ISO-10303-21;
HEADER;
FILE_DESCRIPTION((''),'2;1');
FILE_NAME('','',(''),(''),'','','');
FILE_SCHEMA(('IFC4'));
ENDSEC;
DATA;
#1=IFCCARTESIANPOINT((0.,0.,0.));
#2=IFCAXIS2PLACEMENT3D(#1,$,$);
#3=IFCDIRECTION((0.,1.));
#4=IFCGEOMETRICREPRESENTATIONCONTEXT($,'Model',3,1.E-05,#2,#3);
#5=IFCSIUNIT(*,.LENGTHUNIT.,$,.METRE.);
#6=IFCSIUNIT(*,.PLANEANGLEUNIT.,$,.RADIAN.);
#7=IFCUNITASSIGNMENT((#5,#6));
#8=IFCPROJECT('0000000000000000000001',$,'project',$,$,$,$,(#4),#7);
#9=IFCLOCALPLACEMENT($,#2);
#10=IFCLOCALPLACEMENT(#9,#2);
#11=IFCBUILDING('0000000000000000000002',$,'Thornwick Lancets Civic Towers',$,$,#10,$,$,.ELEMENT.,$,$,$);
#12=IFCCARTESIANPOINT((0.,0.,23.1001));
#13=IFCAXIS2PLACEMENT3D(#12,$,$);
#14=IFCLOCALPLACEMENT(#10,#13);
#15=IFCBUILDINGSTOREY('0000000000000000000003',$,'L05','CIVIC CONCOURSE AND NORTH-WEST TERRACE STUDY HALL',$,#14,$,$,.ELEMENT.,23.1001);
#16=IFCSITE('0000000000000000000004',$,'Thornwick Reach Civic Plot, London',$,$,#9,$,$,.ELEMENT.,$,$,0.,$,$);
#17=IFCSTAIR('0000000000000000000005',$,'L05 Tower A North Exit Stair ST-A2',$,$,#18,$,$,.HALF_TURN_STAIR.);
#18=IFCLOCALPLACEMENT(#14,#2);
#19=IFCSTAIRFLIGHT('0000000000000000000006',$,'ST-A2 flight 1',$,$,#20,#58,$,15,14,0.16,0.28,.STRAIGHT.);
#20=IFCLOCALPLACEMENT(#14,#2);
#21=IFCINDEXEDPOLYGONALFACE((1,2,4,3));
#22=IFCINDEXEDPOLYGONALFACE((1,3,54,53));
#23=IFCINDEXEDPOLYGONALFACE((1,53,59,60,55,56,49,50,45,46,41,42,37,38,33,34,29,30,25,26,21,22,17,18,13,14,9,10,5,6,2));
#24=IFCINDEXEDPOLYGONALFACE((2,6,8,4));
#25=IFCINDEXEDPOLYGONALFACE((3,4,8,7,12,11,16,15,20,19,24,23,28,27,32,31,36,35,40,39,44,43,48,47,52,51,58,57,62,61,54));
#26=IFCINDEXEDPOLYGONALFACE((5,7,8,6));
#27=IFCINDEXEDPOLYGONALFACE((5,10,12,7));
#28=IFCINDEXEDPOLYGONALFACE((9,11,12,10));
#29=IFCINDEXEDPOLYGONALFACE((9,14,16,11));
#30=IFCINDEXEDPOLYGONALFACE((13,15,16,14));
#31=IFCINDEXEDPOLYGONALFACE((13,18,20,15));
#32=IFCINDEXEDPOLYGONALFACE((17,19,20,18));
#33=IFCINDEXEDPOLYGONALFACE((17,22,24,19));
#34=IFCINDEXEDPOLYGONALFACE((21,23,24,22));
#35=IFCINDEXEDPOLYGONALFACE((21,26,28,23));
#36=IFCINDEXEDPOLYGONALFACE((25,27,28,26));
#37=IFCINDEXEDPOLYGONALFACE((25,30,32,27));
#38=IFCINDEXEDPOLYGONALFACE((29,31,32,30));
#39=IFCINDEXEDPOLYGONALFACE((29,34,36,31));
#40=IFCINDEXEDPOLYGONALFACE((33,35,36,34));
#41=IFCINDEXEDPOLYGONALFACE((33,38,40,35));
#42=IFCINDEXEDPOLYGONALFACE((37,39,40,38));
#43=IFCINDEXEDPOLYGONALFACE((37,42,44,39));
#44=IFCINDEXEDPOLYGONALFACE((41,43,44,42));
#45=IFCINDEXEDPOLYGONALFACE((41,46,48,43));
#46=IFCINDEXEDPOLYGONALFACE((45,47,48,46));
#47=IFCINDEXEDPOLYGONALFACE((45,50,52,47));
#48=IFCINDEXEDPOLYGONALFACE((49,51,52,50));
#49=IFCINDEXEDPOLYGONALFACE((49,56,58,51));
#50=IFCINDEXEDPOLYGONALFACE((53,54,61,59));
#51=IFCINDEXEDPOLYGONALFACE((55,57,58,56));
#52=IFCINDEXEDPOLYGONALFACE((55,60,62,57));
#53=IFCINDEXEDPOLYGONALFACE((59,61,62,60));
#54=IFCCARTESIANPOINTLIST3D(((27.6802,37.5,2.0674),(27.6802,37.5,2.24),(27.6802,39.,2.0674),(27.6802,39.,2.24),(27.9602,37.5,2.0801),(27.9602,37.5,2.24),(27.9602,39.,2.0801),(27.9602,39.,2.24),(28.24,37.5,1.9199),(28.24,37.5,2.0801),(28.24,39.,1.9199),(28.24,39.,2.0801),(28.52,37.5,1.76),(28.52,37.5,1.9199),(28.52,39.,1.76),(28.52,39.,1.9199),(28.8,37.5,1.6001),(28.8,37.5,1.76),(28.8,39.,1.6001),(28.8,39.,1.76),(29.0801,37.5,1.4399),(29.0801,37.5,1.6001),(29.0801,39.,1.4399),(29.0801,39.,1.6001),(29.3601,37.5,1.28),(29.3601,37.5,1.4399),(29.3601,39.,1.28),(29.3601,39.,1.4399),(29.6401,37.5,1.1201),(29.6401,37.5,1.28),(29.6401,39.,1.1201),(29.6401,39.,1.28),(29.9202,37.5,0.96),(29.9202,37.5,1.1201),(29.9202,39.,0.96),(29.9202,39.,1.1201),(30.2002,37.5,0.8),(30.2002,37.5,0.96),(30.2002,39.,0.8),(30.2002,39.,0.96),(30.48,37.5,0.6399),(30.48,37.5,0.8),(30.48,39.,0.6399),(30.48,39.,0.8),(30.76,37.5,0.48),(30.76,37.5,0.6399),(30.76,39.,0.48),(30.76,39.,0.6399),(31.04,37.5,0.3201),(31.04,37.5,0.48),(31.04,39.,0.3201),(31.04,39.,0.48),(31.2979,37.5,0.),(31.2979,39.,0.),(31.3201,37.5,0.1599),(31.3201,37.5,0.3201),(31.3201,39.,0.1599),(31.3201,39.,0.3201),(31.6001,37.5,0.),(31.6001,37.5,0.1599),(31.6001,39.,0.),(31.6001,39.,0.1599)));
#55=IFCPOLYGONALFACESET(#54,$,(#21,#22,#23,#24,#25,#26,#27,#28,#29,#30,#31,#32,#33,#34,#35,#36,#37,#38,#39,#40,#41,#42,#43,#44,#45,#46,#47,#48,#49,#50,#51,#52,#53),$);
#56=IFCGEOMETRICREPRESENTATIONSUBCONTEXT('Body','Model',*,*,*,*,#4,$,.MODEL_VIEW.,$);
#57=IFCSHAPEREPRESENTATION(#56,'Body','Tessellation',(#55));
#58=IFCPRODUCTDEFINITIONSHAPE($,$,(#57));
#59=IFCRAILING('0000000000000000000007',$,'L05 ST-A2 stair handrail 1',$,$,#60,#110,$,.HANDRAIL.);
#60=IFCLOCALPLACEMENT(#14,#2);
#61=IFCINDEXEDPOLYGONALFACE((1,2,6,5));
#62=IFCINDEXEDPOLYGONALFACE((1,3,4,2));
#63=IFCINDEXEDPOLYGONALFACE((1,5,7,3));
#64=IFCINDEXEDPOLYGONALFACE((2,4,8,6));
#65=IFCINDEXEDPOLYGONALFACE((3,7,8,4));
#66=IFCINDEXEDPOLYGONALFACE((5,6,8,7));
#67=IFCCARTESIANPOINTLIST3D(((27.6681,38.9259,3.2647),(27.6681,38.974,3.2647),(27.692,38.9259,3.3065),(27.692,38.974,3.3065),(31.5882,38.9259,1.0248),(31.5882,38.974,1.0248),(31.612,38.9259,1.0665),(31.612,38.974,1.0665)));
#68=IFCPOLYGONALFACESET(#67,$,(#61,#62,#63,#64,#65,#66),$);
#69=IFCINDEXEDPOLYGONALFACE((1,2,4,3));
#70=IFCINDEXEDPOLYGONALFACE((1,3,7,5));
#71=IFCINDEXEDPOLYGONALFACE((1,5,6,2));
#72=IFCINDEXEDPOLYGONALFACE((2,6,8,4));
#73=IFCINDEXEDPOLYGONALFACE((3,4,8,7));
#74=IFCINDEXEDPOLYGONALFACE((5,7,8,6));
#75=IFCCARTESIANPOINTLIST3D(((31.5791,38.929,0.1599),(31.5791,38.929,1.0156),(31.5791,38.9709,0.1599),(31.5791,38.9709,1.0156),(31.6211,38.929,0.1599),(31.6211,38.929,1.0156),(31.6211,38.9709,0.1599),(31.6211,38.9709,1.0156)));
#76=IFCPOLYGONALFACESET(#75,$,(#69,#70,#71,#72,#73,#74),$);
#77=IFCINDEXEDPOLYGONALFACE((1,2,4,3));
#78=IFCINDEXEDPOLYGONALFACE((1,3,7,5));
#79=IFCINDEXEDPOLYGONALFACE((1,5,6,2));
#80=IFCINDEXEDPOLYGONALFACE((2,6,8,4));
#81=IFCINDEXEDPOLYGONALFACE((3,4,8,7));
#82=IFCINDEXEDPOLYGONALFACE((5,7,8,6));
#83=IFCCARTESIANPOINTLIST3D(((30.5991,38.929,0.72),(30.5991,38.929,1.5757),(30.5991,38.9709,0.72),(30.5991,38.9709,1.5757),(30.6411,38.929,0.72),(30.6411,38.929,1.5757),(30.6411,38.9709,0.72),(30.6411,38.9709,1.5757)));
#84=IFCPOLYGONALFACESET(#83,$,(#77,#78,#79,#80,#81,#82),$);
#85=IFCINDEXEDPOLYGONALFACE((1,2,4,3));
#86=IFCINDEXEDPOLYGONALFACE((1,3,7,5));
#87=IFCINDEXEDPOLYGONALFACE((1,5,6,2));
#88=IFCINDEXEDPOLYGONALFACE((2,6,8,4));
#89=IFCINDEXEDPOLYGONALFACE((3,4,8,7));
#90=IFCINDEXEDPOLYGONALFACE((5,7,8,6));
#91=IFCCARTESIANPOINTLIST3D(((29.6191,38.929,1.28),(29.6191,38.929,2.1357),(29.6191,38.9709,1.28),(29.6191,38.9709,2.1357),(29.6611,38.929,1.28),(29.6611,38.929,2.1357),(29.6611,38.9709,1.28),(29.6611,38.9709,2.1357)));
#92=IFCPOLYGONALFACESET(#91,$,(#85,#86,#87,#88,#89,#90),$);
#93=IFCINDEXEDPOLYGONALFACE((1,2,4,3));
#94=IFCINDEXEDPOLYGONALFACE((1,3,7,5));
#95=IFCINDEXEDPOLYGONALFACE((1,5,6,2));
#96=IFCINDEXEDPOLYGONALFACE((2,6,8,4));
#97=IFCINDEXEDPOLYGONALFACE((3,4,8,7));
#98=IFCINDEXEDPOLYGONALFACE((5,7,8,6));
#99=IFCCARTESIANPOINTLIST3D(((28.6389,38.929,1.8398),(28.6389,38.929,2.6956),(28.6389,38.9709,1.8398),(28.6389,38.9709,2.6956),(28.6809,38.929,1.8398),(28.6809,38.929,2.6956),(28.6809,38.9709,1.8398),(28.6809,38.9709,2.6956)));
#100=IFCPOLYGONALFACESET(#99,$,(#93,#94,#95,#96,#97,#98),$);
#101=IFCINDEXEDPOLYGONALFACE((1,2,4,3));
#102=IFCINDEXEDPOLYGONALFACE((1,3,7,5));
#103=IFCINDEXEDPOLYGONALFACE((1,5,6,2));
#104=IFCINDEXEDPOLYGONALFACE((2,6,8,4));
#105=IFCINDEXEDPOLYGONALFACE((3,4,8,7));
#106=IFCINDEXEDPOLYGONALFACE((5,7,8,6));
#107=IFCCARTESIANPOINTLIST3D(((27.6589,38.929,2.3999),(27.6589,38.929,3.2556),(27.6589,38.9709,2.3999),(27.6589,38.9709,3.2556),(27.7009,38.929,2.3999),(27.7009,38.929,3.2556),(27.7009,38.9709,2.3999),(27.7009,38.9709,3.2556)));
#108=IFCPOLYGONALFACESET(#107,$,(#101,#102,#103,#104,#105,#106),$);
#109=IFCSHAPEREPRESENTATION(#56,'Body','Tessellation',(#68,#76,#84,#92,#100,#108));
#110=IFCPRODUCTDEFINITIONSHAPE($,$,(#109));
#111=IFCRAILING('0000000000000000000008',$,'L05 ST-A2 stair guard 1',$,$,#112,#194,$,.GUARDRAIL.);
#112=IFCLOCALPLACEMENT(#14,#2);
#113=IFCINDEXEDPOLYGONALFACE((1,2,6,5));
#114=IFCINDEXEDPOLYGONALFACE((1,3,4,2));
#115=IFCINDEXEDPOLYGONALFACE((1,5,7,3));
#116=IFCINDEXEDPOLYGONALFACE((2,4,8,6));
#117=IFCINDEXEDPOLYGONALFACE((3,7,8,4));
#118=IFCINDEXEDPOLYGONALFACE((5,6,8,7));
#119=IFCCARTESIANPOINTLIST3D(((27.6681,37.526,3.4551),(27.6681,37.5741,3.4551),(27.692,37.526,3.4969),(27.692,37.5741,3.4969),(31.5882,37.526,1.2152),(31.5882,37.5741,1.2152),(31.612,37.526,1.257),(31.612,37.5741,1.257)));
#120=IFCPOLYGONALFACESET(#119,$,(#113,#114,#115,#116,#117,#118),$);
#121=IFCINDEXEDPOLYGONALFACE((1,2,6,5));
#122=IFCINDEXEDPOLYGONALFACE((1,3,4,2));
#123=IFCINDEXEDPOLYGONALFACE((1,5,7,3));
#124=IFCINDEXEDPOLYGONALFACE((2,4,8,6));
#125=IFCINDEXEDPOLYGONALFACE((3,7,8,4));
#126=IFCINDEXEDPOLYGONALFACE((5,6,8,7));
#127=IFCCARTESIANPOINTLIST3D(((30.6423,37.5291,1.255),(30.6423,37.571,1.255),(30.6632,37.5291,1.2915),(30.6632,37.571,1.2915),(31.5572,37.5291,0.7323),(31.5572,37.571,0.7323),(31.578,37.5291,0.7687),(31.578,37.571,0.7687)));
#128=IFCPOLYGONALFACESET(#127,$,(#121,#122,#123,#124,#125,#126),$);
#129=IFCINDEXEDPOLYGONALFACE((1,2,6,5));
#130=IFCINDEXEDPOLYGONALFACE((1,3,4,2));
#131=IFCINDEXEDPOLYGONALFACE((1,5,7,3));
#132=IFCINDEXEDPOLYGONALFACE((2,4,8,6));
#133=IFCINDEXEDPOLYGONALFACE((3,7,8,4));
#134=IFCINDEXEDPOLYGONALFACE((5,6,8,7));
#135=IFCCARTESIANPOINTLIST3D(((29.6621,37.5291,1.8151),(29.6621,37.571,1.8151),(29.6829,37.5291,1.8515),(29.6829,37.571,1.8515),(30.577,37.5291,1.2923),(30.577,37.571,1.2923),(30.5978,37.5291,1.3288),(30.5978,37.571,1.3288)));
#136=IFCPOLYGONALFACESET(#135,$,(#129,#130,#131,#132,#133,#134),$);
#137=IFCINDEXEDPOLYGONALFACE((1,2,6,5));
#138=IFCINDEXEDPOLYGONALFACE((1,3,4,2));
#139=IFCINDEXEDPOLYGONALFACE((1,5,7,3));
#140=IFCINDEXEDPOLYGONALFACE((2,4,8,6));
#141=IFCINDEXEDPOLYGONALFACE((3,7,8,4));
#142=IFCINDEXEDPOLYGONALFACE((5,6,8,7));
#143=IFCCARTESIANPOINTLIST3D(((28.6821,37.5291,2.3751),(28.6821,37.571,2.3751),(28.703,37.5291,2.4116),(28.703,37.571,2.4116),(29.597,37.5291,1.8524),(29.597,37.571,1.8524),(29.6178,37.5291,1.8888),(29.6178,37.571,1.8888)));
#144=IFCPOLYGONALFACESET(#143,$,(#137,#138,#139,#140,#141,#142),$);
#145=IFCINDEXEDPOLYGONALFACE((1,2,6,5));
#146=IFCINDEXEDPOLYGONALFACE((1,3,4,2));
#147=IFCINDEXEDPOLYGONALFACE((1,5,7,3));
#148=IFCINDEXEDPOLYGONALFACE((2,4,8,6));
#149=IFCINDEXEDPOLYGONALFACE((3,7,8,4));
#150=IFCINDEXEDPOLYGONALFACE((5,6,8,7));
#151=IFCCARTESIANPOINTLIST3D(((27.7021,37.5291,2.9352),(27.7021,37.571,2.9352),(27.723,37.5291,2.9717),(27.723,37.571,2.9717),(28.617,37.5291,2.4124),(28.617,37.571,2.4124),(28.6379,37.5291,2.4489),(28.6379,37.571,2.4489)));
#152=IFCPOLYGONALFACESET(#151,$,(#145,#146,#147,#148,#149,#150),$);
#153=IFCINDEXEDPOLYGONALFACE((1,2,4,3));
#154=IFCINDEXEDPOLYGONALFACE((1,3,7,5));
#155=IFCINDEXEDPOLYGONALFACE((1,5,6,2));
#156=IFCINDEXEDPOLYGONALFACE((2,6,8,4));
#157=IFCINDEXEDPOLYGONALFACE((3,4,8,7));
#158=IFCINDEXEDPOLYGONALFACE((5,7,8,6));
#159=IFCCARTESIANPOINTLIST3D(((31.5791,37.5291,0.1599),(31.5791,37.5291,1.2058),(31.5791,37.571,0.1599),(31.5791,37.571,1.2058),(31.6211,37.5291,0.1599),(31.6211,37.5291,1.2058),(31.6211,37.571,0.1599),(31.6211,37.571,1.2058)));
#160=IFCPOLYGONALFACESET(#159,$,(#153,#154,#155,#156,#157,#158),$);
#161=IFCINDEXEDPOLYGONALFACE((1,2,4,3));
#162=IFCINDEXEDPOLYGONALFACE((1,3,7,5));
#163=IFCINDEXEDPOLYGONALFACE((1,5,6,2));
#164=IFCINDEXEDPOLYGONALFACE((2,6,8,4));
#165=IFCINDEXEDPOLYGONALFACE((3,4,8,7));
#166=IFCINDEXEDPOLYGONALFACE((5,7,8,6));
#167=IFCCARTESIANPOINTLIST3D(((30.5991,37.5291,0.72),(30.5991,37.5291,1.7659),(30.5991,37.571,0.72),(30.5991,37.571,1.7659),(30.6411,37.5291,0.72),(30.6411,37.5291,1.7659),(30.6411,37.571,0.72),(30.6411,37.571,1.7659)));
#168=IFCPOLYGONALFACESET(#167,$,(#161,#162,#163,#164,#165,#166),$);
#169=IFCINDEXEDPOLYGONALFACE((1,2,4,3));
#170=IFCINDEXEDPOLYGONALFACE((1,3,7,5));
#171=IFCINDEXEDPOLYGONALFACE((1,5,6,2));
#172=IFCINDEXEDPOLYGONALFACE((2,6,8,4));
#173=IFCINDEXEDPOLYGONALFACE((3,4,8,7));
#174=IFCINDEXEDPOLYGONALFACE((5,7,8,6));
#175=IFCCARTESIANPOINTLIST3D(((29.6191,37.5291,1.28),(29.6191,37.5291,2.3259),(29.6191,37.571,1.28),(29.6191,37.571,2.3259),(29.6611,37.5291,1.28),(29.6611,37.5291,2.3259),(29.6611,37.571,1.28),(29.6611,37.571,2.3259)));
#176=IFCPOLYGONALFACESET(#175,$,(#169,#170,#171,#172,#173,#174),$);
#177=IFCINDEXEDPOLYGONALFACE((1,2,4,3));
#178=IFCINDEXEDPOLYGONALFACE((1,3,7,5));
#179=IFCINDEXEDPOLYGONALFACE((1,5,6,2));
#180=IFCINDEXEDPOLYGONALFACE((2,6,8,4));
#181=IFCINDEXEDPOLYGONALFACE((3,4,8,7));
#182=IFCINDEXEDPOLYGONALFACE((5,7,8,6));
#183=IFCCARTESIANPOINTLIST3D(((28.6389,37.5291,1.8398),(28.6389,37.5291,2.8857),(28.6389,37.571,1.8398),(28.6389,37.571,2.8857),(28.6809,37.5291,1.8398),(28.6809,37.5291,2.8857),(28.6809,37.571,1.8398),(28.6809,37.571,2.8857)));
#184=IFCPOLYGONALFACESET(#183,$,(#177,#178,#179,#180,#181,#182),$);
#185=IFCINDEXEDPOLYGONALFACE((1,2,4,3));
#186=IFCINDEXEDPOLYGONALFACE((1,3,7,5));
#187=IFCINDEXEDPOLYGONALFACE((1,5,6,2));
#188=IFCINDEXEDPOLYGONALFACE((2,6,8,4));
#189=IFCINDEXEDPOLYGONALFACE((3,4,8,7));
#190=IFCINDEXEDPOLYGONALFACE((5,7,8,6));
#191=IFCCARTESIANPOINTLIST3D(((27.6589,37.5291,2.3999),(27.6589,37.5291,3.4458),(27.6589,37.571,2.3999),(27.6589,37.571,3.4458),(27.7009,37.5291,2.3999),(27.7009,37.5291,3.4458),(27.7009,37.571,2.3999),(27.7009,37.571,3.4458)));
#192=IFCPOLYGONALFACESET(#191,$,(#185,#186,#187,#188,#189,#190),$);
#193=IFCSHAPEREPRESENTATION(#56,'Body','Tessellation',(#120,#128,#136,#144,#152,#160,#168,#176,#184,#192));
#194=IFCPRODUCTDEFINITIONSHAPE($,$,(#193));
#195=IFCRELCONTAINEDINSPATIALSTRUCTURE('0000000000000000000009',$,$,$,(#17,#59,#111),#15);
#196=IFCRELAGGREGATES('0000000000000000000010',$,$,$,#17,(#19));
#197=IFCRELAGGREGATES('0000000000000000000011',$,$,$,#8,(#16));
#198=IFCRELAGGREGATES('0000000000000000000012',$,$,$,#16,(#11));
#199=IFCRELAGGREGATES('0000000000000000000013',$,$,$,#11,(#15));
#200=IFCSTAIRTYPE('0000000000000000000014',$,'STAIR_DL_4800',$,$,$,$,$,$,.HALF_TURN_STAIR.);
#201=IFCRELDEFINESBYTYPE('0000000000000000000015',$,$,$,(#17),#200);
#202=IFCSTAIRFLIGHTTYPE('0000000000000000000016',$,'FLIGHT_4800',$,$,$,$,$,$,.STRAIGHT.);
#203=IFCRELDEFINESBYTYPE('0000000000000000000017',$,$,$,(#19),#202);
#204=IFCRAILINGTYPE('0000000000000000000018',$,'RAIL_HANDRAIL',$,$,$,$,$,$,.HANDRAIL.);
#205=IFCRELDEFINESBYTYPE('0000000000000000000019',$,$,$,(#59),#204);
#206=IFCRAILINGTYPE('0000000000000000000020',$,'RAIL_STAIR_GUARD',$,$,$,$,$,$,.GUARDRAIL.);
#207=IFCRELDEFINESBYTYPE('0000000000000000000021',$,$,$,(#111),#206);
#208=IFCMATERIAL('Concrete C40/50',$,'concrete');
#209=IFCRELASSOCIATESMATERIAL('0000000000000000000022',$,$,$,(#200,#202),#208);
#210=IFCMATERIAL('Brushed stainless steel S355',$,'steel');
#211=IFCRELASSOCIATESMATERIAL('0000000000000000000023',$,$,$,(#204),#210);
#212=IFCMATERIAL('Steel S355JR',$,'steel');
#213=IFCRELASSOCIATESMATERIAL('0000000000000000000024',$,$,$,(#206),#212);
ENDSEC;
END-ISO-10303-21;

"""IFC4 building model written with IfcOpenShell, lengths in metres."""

from ifc_helpers import new_model, si_unit, direction, frame, origin, origin_2d, place, context, subcontext, project, spatial, polyline, rectangle, outline, extrude, material, type_object, element, aggregate, save


model = new_model("IFC4")

# Units and contexts
model_context = context("Model", 3, precision=1e-05, world=origin(), true_north=direction((0.0, 1.0)))
body_context = subcontext(model_context, "Body", "Model", "MODEL_VIEW")
ifc_project = project(units=[si_unit("LENGTHUNIT", "METRE"), si_unit("PLANEANGLEUNIT", "RADIAN")], contexts=[model_context])

# Site, building, storey
site_placement = place(None, origin())
site = spatial("IfcSite", under=ifc_project, at=site_placement, Name="Thornwick Reach Civic Plot, London", CompositionType="ELEMENT", RefElevation=0.0)
building_placement = place(site_placement, origin())
building = spatial("IfcBuilding", under=site, at=building_placement, Name="Thornwick Lancets Civic Towers", CompositionType="ELEMENT")
storey_placement = place(building_placement, frame((0.0, 0.0, 23.1001)))
storey = spatial("IfcBuildingStorey", under=building, at=storey_placement, Name="L05", Description="CIVIC CONCOURSE AND NORTH-WEST TERRACE STUDY HALL", CompositionType="ELEMENT", Elevation=23.1001)

# Shared definitions
ifc_material_1 = material(Name="Concrete C40/50", Category="concrete")

# Shared definitions
ifc_material_2 = material(Name="Steel S355JR", Category="steel")

# Stair, stair flight
stair_type = type_object("IfcStairType", Name="STAIR_DL_4800", PredefinedType="HALF_TURN_STAIR", material=ifc_material_1)
stair_placement = place(storey_placement, origin())
stair = element("IfcStair", 1, at=stair_placement, inside=storey, type_object=stair_type, Name="L05 Tower A North Exit Stair ST-A2", PredefinedType="HALF_TURN_STAIR")
stair_flight_type = type_object("IfcStairFlightType", Name="FLIGHT_4800", PredefinedType="STRAIGHT", material=ifc_material_1)
stair_flight_placement = place(storey_placement, frame((31.6001, 38.25, 0.0), z_axis=(0.0, 0.0, 1.0), x_axis=(-1.0, 0.0, 0.0)))
stair_flight = element("IfcStairFlight", 2, at=stair_flight_placement, type_object=stair_flight_type, Name="ST-A2 flight 1", NumberOfRisers=15, NumberOfTreads=14, PredefinedType="STRAIGHT", RiserHeight=0.16, TreadLength=0.28, context=body_context, shape_type="SweptSolid", body=[
    extrude(outline(polyline([(0.0, 0.0), (0.0, 0.1599), (0.28, 0.1599), (0.28, 0.3201), (0.5601, 0.3201), (0.5601, 0.48), (0.8401, 0.48), (0.8401, 0.6399), (1.1201, 0.6399), (1.1201, 0.8), (1.3999, 0.8), (1.3999, 0.96), (1.6799, 0.96), (1.6799, 1.1201), (1.96, 1.1201), (1.96, 1.28), (2.24, 1.28), (2.24, 1.4399), (2.52, 1.4399), (2.52, 1.6001), (2.8, 1.6001), (2.8, 1.76), (3.0801, 1.76), (3.0801, 1.9199), (3.3601, 1.9199), (3.3601, 2.0801), (3.6399, 2.0801), (3.6399, 2.24), (3.9199, 2.24), (3.9199, 2.3999), (3.9199, 2.0674), (0.3022, 0.0), (0.0, 0.0)])), frame((0.0, 0.75, 0.0), z_axis=(0.0, -1.0, 0.0), x_axis=(1.0, 0.0, 0.0)), (0.0, 0.0, 1.0), 1.5),
])
aggregate(stair, [stair_flight])

# Railings
ifc_material_3 = material(Name="Brushed stainless steel S355", Category="steel")
railing_type_1 = type_object("IfcRailingType", Name="RAIL_HANDRAIL", PredefinedType="HANDRAIL", material=ifc_material_3)
railing_1_placement = place(storey_placement, frame((31.6001, 38.95, 0.1599)))
element("IfcRailing", 3, at=railing_1_placement, inside=storey, type_object=railing_type_1, Name="L05 ST-A2 stair handrail 1", PredefinedType="HANDRAIL", context=body_context, shape_type="SweptSolid", body=[
    extrude(rectangle(XDim=0.0481, YDim=0.0481, at=origin_2d()), frame((0.0, 0.0, 0.8857), z_axis=(-0.868253, 0.0, 0.496121), x_axis=(0.0, -1.0, 0.0)), (0.0, 0.0, 1.0), 4.5149),
    extrude(rectangle(XDim=0.042, YDim=0.042, at=origin_2d()), origin(), (0.0, 0.0, 1.0), 0.8557),
    extrude(rectangle(XDim=0.042, YDim=0.042, at=origin_2d()), frame((-0.98, 0.0, 0.5601)), (0.0, 0.0, 1.0), 0.8557),
    extrude(rectangle(XDim=0.042, YDim=0.042, at=origin_2d()), frame((-1.96, 0.0, 1.1201)), (0.0, 0.0, 1.0), 0.8557),
    extrude(rectangle(XDim=0.042, YDim=0.042, at=origin_2d()), frame((-2.9402, 0.0, 1.6799)), (0.0, 0.0, 1.0), 0.8557),
    extrude(rectangle(XDim=0.042, YDim=0.042, at=origin_2d()), frame((-3.9202, 0.0, 2.24)), (0.0, 0.0, 1.0), 0.8557),
])
railing_type_2 = type_object("IfcRailingType", Name="RAIL_STAIR_GUARD", PredefinedType="GUARDRAIL", material=ifc_material_2)
railing_2_placement = place(storey_placement, frame((31.6001, 37.55, 0.1599)))
element("IfcRailing", 4, at=railing_2_placement, inside=storey, type_object=railing_type_2, Name="L05 ST-A2 stair guard 1", PredefinedType="GUARDRAIL", context=body_context, shape_type="SweptSolid", body=[
    extrude(rectangle(XDim=0.0481, YDim=0.0481, at=origin_2d()), frame((0.0, 0.0, 1.0762), z_axis=(-0.868253, 0.0, 0.496121), x_axis=(0.0, -1.0, 0.0)), (0.0, 0.0, 1.0), 4.5149),
    extrude(rectangle(XDim=0.042, YDim=0.042, at=origin_2d()), frame((-0.0325, 0.0, 0.5906), z_axis=(-0.868253, 0.0, 0.496121), x_axis=(0.0, -1.0, 0.0)), (0.0, 0.0, 1.0), 1.0537),
    extrude(rectangle(XDim=0.042, YDim=0.042, at=origin_2d()), frame((-1.0127, 0.0, 1.1506), z_axis=(-0.868253, 0.0, 0.496121), x_axis=(0.0, -1.0, 0.0)), (0.0, 0.0, 1.0), 1.0537),
    extrude(rectangle(XDim=0.042, YDim=0.042, at=origin_2d()), frame((-1.9927, 0.0, 1.7107), z_axis=(-0.868253, 0.0, 0.496121), x_axis=(0.0, -1.0, 0.0)), (0.0, 0.0, 1.0), 1.0537),
    extrude(rectangle(XDim=0.042, YDim=0.042, at=origin_2d()), frame((-2.9727, 0.0, 2.2708), z_axis=(-0.868253, 0.0, 0.496121), x_axis=(0.0, -1.0, 0.0)), (0.0, 0.0, 1.0), 1.0537),
    extrude(rectangle(XDim=0.042, YDim=0.042, at=origin_2d()), origin(), (0.0, 0.0, 1.0), 1.0459),
    extrude(rectangle(XDim=0.042, YDim=0.042, at=origin_2d()), frame((-0.98, 0.0, 0.5601)), (0.0, 0.0, 1.0), 1.0459),
    extrude(rectangle(XDim=0.042, YDim=0.042, at=origin_2d()), frame((-1.96, 0.0, 1.1201)), (0.0, 0.0, 1.0), 1.0459),
    extrude(rectangle(XDim=0.042, YDim=0.042, at=origin_2d()), frame((-2.9402, 0.0, 1.6799)), (0.0, 0.0, 1.0), 1.0459),
    extrude(rectangle(XDim=0.042, YDim=0.042, at=origin_2d()), frame((-3.9202, 0.0, 2.24)), (0.0, 0.0, 1.0), 1.0459),
])

save(model, "model.ifc")
